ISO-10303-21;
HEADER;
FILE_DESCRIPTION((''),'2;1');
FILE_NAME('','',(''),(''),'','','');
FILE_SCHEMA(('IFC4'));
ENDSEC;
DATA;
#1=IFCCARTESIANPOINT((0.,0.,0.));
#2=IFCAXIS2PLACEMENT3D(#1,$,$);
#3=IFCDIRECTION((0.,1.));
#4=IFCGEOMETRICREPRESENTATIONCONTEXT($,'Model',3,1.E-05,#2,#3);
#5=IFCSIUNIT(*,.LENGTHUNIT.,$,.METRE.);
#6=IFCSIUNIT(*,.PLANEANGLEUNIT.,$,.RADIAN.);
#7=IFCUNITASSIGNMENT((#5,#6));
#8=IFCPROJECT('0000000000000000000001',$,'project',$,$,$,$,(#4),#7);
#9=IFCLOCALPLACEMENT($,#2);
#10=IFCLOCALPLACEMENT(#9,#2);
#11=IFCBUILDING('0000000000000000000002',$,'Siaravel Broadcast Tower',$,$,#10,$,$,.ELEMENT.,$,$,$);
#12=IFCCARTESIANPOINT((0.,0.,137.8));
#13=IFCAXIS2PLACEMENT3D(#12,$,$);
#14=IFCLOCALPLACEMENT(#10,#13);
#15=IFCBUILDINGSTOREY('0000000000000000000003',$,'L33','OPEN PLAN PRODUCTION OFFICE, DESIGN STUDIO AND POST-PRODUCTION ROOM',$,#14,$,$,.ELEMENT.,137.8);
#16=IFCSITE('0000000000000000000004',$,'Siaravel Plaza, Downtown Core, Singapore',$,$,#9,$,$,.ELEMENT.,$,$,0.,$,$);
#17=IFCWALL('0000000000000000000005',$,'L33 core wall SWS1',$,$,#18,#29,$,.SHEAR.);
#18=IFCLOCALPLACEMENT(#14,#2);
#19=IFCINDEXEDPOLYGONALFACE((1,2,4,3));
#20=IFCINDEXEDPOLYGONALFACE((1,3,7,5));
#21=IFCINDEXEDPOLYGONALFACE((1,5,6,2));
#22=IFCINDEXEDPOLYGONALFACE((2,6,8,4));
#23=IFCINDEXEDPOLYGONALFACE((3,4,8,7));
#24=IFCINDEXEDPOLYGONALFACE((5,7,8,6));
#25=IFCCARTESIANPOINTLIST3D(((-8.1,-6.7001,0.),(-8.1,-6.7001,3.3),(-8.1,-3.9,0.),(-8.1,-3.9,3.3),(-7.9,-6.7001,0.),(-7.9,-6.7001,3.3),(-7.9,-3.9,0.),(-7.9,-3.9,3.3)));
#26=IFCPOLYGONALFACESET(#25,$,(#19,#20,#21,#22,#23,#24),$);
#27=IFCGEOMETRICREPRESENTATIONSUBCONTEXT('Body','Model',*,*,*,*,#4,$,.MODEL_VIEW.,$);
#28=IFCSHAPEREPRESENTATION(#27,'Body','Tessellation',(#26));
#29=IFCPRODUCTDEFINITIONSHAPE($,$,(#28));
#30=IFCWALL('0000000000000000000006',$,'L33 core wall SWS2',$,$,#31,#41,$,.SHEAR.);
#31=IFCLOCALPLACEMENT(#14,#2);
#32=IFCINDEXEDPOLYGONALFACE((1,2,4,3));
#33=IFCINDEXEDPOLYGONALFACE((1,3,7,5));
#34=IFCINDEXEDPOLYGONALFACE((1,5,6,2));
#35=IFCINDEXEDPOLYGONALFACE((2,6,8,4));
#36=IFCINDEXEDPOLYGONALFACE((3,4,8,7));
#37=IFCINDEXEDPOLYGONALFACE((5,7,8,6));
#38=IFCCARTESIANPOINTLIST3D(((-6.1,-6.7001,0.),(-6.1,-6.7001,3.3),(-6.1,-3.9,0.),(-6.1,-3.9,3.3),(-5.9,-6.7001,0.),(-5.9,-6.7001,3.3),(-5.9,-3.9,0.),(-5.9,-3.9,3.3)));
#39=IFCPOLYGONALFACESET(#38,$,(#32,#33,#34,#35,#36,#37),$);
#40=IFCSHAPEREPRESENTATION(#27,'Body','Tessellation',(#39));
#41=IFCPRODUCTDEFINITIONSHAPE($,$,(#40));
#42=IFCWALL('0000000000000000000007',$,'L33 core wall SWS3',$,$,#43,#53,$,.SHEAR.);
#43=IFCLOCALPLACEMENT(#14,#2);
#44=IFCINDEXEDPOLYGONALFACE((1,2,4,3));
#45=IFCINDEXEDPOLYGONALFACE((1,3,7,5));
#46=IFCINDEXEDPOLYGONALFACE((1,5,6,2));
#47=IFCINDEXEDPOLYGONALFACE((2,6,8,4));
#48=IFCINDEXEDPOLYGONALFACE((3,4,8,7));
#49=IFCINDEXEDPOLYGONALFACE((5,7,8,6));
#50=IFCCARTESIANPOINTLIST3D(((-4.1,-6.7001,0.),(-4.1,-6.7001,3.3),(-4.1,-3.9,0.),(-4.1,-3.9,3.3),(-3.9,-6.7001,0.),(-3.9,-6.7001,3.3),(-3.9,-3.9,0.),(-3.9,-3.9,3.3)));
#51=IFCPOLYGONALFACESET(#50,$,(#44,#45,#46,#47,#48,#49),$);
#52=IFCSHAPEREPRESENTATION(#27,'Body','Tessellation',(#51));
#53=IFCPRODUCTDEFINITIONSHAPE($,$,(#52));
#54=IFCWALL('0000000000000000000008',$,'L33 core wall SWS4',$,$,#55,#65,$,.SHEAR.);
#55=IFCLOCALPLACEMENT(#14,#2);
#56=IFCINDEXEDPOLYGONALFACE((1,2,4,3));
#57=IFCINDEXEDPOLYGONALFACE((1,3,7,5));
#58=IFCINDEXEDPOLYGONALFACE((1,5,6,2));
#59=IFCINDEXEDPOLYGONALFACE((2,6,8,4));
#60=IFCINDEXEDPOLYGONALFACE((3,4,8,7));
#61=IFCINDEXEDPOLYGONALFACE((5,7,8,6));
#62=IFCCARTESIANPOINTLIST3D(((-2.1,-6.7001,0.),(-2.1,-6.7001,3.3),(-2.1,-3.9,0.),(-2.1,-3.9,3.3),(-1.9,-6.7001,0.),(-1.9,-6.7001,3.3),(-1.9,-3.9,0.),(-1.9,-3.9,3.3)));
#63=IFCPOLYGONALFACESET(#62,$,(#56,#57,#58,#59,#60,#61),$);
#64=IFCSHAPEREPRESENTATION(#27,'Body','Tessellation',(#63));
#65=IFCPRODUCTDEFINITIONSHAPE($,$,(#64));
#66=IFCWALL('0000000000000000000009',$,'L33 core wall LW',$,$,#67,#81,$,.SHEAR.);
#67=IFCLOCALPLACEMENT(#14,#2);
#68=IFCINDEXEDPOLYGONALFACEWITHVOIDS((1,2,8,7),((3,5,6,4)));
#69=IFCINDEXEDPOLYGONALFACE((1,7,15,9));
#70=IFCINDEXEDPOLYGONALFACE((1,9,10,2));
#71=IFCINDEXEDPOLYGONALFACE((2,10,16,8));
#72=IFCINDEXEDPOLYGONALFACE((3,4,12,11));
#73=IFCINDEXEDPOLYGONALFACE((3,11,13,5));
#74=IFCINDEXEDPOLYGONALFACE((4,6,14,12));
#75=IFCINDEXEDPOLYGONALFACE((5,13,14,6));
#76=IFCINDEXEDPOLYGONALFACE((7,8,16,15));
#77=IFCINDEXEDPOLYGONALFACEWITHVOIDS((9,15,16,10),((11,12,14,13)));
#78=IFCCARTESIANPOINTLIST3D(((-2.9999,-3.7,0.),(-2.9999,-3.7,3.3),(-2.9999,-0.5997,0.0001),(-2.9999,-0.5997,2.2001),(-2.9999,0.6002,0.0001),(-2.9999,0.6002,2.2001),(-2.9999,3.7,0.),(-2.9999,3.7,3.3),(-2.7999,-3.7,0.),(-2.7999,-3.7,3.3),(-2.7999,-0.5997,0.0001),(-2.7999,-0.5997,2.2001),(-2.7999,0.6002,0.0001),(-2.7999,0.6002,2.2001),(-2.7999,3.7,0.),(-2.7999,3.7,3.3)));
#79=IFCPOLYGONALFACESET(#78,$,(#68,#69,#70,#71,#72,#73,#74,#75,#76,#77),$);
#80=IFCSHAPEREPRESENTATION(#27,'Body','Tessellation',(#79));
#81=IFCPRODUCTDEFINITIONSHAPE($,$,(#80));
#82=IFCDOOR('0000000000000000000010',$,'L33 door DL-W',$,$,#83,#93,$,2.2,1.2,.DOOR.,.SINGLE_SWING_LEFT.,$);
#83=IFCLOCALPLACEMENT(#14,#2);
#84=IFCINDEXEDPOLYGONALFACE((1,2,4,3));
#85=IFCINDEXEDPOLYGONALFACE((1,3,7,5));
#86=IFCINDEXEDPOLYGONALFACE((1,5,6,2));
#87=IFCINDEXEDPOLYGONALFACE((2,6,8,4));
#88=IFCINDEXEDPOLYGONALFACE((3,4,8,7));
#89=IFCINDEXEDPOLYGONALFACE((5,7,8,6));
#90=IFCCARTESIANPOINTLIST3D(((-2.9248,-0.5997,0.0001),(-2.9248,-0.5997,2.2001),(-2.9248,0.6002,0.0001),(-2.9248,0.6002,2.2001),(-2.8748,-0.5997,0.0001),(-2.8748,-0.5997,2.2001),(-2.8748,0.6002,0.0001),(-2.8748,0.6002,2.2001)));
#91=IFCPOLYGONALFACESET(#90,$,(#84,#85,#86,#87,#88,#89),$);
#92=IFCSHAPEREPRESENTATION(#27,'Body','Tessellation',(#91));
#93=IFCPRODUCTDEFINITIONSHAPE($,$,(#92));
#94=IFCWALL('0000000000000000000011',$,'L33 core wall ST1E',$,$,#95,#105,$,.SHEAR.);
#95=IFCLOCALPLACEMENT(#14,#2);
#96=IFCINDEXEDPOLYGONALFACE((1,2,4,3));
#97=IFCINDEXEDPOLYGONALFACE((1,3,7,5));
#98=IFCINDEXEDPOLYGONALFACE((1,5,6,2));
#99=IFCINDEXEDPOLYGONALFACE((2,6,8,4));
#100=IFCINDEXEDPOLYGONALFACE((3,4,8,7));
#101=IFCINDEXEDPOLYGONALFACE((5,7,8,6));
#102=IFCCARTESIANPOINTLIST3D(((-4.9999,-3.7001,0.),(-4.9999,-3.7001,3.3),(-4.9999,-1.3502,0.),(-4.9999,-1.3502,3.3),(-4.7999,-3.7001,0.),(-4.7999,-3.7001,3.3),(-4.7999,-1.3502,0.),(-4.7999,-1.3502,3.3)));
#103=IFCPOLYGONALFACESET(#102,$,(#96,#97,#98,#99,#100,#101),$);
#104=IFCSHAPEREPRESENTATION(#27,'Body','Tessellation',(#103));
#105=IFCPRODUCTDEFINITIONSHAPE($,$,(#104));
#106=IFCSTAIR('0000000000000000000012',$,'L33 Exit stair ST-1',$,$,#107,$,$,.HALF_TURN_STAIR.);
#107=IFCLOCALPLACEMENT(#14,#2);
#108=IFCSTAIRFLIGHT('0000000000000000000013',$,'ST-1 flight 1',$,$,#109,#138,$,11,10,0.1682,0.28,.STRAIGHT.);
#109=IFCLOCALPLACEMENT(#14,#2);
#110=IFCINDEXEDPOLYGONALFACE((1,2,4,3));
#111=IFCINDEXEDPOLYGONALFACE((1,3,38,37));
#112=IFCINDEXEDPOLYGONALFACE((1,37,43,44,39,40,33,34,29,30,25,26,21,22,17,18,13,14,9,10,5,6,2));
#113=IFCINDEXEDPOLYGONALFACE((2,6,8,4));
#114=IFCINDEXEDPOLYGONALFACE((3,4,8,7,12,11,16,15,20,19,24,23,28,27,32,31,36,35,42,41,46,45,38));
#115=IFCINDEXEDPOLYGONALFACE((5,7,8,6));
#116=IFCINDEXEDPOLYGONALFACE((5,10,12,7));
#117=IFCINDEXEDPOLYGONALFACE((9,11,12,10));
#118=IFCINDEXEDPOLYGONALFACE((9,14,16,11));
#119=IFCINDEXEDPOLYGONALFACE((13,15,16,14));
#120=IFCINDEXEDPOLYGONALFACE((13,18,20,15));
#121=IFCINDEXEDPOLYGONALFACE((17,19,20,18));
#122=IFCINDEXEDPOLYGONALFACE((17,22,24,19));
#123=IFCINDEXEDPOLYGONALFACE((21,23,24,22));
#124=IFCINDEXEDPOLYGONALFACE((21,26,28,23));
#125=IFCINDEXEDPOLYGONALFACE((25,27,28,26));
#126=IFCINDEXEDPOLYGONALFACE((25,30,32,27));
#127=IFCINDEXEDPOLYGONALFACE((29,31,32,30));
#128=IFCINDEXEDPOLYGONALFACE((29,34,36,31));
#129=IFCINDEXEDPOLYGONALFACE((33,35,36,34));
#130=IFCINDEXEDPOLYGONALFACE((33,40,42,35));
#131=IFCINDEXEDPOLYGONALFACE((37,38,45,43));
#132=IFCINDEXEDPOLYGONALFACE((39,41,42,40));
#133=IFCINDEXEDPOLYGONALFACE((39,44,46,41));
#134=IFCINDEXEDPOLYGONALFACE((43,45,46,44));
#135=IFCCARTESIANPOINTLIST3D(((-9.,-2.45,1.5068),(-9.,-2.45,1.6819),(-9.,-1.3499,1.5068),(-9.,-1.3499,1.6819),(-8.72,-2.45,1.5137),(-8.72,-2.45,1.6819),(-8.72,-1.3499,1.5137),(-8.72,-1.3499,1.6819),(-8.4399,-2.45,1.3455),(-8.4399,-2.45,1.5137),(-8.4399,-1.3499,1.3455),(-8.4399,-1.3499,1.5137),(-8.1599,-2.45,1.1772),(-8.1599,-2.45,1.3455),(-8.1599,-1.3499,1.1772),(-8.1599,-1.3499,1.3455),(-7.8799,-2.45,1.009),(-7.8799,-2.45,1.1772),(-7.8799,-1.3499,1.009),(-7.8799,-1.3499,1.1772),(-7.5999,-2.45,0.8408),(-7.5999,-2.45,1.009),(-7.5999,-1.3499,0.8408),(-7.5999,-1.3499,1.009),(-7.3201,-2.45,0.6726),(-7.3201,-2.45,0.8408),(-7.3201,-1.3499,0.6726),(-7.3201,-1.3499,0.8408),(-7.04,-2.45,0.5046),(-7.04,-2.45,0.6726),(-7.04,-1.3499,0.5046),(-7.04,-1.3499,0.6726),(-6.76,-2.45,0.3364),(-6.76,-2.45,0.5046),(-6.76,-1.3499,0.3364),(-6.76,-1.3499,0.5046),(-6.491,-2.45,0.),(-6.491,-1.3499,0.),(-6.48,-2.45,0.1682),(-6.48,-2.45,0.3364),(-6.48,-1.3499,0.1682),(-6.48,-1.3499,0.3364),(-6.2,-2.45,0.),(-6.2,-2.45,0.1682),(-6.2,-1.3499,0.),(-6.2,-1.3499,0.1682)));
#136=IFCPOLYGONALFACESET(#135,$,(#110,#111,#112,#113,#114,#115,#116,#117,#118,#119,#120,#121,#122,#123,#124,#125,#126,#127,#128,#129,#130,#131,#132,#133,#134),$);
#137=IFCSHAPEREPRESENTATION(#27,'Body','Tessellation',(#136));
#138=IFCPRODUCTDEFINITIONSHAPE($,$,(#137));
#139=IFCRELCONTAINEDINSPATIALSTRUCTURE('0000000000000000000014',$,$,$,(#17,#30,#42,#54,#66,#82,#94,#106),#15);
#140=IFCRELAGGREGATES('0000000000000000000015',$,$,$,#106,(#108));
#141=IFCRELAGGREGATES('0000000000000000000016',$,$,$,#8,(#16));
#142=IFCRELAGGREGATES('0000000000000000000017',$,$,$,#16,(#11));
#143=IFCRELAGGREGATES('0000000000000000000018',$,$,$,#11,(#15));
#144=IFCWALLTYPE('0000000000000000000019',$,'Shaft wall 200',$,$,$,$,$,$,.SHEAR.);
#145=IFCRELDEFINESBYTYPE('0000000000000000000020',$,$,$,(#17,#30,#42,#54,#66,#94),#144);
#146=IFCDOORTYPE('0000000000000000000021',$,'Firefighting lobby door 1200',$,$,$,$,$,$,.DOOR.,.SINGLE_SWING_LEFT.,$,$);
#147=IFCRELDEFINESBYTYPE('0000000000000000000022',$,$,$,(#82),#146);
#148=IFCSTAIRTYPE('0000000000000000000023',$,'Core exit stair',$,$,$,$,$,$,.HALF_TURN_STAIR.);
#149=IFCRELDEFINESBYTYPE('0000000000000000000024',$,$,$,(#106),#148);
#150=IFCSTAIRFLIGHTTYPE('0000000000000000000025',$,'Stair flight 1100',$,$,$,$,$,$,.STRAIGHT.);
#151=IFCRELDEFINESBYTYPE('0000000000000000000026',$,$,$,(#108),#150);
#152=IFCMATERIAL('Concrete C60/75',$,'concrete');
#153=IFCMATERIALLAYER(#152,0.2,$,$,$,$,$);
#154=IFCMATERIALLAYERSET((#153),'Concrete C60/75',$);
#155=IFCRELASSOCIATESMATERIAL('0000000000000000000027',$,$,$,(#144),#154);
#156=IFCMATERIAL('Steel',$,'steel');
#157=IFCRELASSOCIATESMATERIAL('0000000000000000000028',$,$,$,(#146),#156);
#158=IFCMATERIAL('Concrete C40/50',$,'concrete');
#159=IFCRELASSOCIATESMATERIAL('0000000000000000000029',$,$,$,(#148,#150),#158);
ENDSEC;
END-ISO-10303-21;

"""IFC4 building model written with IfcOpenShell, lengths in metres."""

from ifc_helpers import new_model, si_unit, direction, frame, frame_2d, origin, place, context, subcontext, project, spatial, polyline, rectangle, outline, extrude, material, layer, layer_set, type_object, element, fill, aggregate, save


model = new_model("IFC4")

# Units and contexts
model_context = context("Model", 3, precision=1e-05, world=origin(), true_north=direction((0.0, 1.0)))
body_context = subcontext(model_context, "Body", "Model", "MODEL_VIEW")
ifc_project = project(units=[si_unit("LENGTHUNIT", "METRE"), si_unit("PLANEANGLEUNIT", "RADIAN")], contexts=[model_context])

# Site, building, storey
site_placement = place(None, origin())
site = spatial("IfcSite", under=ifc_project, at=site_placement, Name="Siaravel Plaza, Downtown Core, Singapore", CompositionType="ELEMENT", RefElevation=0.0)
building_placement = place(site_placement, origin())
building = spatial("IfcBuilding", under=site, at=building_placement, Name="Siaravel Broadcast Tower", CompositionType="ELEMENT")
storey_placement = place(building_placement, frame((0.0, 0.0, 137.8)))
storey = spatial("IfcBuildingStorey", under=building, at=storey_placement, Name="L33", Description="OPEN PLAN PRODUCTION OFFICE, DESIGN STUDIO AND POST-PRODUCTION ROOM", CompositionType="ELEMENT", Elevation=137.8)

# Walls
ifc_material_1 = material(Name="Concrete C60/75", Category="concrete")
ifc_layer = layer(ifc_material_1, 0.2)
ifc_layer_set = layer_set([ifc_layer], Name="Concrete C60/75")
wall_type = type_object("IfcWallType", Name="Shaft wall 200", PredefinedType="SHEAR", material=ifc_layer_set)
for number, where, z_axis, x_axis, name in (
    (1, (-8.0, -6.7, 0.0), (0.0, 0.0, 1.0), (0.0, 1.0, 0.0), "L33 core wall SWS1"),
    (2, (-6.0, -6.7, 0.0), (0.0, 0.0, 1.0), (0.0, 1.0, 0.0), "L33 core wall SWS2"),
    (3, (-4.0, -6.7, 0.0), (0.0, 0.0, 1.0), (0.0, 1.0, 0.0), "L33 core wall SWS3"),
    (4, (-2.0, -6.7, 0.0), (0.0, 0.0, 1.0), (0.0, 1.0, 0.0), "L33 core wall SWS4"),
):
    element("IfcWall", number, at=place(storey_placement, frame(where, z_axis=z_axis, x_axis=x_axis)), inside=storey, type_object=wall_type, Name=name, PredefinedType="SHEAR", context=body_context, shape_type="SweptSolid", body=[
        extrude(rectangle(XDim=2.8, YDim=0.2, at=frame_2d((1.3999, 0.0))), origin(), (0.0, 0.0, 1.0), 3.3),
    ])

# Wall, opening, door
wall_1_placement = place(storey_placement, frame((-2.8999, -3.7, 0.0), z_axis=(0.0, 0.0, 1.0), x_axis=(0.0, 1.0, 0.0)))
wall_1 = element("IfcWall", 5, at=wall_1_placement, inside=storey, type_object=wall_type, Name="L33 core wall LW", PredefinedType="SHEAR", context=body_context, shape_type="SweptSolid", body=[
    extrude(rectangle(XDim=7.3999, YDim=0.2, at=frame_2d((3.7, 0.0))), origin(), (0.0, 0.0, 1.0), 3.3),
])
opening_placement = place(wall_1_placement, frame((3.1001, 0.0, 0.0)))
opening = element("IfcOpeningElement", 6, at=opening_placement, cuts=wall_1, PredefinedType="OPENING", context=body_context, shape_type="SweptSolid", body=[
    extrude(rectangle(XDim=1.2, YDim=2.2, at=frame_2d((0.6001, 1.1001))), frame((0.0, 0.1099, 0.0), z_axis=(0.0, -1.0, 0.0), x_axis=(1.0, 0.0, 0.0)), (0.0, 0.0, 1.0), 0.22),
])
ifc_material_2 = material(Name="Steel", Category="steel")
door_type = type_object("IfcDoorType", Name="Firefighting lobby door 1200", OperationType="SINGLE_SWING_LEFT", PredefinedType="DOOR", material=ifc_material_2)
door_placement = place(opening_placement, origin())
door = element("IfcDoor", 7, at=door_placement, inside=storey, type_object=door_type, Name="L33 door DL-W", OperationType="SINGLE_SWING_LEFT", OverallHeight=2.2, OverallWidth=1.2, PredefinedType="DOOR", context=body_context, shape_type="SweptSolid", body=[
    extrude(rectangle(XDim=1.2, YDim=2.2, at=frame_2d((0.6001, 1.1001))), frame((0.0, 0.0249, 0.0), z_axis=(0.0, -1.0, 0.0), x_axis=(1.0, 0.0, 0.0)), (0.0, 0.0, 1.0), 0.05),
])
fill(opening, door)

# Wall
wall_2_placement = place(storey_placement, frame((-4.8999, -3.7, 0.0), z_axis=(0.0, 0.0, 1.0), x_axis=(0.0, 1.0, 0.0)))
element("IfcWall", 8, at=wall_2_placement, inside=storey, type_object=wall_type, Name="L33 core wall ST1E", PredefinedType="SHEAR", context=body_context, shape_type="SweptSolid", body=[
    extrude(rectangle(XDim=2.3499, YDim=0.2, at=frame_2d((1.1748, 0.0))), origin(), (0.0, 0.0, 1.0), 3.3),
])

# Stair, stair flight
ifc_material_3 = material(Name="Concrete C40/50", Category="concrete")
stair_type = type_object("IfcStairType", Name="Core exit stair", PredefinedType="HALF_TURN_STAIR", material=ifc_material_3)
stair_placement = place(storey_placement, origin())
stair = element("IfcStair", 9, at=stair_placement, inside=storey, type_object=stair_type, Name="L33 Exit stair ST-1", PredefinedType="HALF_TURN_STAIR")
stair_flight_type = type_object("IfcStairFlightType", Name="Stair flight 1100", PredefinedType="STRAIGHT", material=ifc_material_3)
stair_flight_placement = place(storey_placement, frame((-6.2, -1.8999, 0.0), z_axis=(0.0, 0.0, 1.0), x_axis=(-1.0, 0.0, 0.0)))
stair_flight = element("IfcStairFlight", 10, at=stair_flight_placement, type_object=stair_flight_type, Name="ST-1 flight 1", NumberOfRisers=11, NumberOfTreads=10, PredefinedType="STRAIGHT", RiserHeight=0.1682, TreadLength=0.28, context=body_context, shape_type="SweptSolid", body=[
    extrude(outline(polyline([(0.0, 0.0), (0.0, 0.1682), (0.28, 0.1682), (0.28, 0.3364), (0.5601, 0.3364), (0.5601, 0.5046), (0.8401, 0.5046), (0.8401, 0.6726), (1.1201, 0.6726), (1.1201, 0.8408), (1.3999, 0.8408), (1.3999, 1.009), (1.6799, 1.009), (1.6799, 1.1772), (1.96, 1.1772), (1.96, 1.3455), (2.24, 1.3455), (2.24, 1.5137), (2.52, 1.5137), (2.52, 1.6819), (2.8, 1.6819), (2.8, 1.8501), (2.8, 1.5068), (0.291, 0.0), (0.0, 0.0)])), frame((0.0, 0.55, 0.0), z_axis=(0.0, -1.0, 0.0), x_axis=(1.0, 0.0, 0.0)), (0.0, 0.0, 1.0), 1.1001),
])
aggregate(stair, [stair_flight])

save(model, "model.ifc")
